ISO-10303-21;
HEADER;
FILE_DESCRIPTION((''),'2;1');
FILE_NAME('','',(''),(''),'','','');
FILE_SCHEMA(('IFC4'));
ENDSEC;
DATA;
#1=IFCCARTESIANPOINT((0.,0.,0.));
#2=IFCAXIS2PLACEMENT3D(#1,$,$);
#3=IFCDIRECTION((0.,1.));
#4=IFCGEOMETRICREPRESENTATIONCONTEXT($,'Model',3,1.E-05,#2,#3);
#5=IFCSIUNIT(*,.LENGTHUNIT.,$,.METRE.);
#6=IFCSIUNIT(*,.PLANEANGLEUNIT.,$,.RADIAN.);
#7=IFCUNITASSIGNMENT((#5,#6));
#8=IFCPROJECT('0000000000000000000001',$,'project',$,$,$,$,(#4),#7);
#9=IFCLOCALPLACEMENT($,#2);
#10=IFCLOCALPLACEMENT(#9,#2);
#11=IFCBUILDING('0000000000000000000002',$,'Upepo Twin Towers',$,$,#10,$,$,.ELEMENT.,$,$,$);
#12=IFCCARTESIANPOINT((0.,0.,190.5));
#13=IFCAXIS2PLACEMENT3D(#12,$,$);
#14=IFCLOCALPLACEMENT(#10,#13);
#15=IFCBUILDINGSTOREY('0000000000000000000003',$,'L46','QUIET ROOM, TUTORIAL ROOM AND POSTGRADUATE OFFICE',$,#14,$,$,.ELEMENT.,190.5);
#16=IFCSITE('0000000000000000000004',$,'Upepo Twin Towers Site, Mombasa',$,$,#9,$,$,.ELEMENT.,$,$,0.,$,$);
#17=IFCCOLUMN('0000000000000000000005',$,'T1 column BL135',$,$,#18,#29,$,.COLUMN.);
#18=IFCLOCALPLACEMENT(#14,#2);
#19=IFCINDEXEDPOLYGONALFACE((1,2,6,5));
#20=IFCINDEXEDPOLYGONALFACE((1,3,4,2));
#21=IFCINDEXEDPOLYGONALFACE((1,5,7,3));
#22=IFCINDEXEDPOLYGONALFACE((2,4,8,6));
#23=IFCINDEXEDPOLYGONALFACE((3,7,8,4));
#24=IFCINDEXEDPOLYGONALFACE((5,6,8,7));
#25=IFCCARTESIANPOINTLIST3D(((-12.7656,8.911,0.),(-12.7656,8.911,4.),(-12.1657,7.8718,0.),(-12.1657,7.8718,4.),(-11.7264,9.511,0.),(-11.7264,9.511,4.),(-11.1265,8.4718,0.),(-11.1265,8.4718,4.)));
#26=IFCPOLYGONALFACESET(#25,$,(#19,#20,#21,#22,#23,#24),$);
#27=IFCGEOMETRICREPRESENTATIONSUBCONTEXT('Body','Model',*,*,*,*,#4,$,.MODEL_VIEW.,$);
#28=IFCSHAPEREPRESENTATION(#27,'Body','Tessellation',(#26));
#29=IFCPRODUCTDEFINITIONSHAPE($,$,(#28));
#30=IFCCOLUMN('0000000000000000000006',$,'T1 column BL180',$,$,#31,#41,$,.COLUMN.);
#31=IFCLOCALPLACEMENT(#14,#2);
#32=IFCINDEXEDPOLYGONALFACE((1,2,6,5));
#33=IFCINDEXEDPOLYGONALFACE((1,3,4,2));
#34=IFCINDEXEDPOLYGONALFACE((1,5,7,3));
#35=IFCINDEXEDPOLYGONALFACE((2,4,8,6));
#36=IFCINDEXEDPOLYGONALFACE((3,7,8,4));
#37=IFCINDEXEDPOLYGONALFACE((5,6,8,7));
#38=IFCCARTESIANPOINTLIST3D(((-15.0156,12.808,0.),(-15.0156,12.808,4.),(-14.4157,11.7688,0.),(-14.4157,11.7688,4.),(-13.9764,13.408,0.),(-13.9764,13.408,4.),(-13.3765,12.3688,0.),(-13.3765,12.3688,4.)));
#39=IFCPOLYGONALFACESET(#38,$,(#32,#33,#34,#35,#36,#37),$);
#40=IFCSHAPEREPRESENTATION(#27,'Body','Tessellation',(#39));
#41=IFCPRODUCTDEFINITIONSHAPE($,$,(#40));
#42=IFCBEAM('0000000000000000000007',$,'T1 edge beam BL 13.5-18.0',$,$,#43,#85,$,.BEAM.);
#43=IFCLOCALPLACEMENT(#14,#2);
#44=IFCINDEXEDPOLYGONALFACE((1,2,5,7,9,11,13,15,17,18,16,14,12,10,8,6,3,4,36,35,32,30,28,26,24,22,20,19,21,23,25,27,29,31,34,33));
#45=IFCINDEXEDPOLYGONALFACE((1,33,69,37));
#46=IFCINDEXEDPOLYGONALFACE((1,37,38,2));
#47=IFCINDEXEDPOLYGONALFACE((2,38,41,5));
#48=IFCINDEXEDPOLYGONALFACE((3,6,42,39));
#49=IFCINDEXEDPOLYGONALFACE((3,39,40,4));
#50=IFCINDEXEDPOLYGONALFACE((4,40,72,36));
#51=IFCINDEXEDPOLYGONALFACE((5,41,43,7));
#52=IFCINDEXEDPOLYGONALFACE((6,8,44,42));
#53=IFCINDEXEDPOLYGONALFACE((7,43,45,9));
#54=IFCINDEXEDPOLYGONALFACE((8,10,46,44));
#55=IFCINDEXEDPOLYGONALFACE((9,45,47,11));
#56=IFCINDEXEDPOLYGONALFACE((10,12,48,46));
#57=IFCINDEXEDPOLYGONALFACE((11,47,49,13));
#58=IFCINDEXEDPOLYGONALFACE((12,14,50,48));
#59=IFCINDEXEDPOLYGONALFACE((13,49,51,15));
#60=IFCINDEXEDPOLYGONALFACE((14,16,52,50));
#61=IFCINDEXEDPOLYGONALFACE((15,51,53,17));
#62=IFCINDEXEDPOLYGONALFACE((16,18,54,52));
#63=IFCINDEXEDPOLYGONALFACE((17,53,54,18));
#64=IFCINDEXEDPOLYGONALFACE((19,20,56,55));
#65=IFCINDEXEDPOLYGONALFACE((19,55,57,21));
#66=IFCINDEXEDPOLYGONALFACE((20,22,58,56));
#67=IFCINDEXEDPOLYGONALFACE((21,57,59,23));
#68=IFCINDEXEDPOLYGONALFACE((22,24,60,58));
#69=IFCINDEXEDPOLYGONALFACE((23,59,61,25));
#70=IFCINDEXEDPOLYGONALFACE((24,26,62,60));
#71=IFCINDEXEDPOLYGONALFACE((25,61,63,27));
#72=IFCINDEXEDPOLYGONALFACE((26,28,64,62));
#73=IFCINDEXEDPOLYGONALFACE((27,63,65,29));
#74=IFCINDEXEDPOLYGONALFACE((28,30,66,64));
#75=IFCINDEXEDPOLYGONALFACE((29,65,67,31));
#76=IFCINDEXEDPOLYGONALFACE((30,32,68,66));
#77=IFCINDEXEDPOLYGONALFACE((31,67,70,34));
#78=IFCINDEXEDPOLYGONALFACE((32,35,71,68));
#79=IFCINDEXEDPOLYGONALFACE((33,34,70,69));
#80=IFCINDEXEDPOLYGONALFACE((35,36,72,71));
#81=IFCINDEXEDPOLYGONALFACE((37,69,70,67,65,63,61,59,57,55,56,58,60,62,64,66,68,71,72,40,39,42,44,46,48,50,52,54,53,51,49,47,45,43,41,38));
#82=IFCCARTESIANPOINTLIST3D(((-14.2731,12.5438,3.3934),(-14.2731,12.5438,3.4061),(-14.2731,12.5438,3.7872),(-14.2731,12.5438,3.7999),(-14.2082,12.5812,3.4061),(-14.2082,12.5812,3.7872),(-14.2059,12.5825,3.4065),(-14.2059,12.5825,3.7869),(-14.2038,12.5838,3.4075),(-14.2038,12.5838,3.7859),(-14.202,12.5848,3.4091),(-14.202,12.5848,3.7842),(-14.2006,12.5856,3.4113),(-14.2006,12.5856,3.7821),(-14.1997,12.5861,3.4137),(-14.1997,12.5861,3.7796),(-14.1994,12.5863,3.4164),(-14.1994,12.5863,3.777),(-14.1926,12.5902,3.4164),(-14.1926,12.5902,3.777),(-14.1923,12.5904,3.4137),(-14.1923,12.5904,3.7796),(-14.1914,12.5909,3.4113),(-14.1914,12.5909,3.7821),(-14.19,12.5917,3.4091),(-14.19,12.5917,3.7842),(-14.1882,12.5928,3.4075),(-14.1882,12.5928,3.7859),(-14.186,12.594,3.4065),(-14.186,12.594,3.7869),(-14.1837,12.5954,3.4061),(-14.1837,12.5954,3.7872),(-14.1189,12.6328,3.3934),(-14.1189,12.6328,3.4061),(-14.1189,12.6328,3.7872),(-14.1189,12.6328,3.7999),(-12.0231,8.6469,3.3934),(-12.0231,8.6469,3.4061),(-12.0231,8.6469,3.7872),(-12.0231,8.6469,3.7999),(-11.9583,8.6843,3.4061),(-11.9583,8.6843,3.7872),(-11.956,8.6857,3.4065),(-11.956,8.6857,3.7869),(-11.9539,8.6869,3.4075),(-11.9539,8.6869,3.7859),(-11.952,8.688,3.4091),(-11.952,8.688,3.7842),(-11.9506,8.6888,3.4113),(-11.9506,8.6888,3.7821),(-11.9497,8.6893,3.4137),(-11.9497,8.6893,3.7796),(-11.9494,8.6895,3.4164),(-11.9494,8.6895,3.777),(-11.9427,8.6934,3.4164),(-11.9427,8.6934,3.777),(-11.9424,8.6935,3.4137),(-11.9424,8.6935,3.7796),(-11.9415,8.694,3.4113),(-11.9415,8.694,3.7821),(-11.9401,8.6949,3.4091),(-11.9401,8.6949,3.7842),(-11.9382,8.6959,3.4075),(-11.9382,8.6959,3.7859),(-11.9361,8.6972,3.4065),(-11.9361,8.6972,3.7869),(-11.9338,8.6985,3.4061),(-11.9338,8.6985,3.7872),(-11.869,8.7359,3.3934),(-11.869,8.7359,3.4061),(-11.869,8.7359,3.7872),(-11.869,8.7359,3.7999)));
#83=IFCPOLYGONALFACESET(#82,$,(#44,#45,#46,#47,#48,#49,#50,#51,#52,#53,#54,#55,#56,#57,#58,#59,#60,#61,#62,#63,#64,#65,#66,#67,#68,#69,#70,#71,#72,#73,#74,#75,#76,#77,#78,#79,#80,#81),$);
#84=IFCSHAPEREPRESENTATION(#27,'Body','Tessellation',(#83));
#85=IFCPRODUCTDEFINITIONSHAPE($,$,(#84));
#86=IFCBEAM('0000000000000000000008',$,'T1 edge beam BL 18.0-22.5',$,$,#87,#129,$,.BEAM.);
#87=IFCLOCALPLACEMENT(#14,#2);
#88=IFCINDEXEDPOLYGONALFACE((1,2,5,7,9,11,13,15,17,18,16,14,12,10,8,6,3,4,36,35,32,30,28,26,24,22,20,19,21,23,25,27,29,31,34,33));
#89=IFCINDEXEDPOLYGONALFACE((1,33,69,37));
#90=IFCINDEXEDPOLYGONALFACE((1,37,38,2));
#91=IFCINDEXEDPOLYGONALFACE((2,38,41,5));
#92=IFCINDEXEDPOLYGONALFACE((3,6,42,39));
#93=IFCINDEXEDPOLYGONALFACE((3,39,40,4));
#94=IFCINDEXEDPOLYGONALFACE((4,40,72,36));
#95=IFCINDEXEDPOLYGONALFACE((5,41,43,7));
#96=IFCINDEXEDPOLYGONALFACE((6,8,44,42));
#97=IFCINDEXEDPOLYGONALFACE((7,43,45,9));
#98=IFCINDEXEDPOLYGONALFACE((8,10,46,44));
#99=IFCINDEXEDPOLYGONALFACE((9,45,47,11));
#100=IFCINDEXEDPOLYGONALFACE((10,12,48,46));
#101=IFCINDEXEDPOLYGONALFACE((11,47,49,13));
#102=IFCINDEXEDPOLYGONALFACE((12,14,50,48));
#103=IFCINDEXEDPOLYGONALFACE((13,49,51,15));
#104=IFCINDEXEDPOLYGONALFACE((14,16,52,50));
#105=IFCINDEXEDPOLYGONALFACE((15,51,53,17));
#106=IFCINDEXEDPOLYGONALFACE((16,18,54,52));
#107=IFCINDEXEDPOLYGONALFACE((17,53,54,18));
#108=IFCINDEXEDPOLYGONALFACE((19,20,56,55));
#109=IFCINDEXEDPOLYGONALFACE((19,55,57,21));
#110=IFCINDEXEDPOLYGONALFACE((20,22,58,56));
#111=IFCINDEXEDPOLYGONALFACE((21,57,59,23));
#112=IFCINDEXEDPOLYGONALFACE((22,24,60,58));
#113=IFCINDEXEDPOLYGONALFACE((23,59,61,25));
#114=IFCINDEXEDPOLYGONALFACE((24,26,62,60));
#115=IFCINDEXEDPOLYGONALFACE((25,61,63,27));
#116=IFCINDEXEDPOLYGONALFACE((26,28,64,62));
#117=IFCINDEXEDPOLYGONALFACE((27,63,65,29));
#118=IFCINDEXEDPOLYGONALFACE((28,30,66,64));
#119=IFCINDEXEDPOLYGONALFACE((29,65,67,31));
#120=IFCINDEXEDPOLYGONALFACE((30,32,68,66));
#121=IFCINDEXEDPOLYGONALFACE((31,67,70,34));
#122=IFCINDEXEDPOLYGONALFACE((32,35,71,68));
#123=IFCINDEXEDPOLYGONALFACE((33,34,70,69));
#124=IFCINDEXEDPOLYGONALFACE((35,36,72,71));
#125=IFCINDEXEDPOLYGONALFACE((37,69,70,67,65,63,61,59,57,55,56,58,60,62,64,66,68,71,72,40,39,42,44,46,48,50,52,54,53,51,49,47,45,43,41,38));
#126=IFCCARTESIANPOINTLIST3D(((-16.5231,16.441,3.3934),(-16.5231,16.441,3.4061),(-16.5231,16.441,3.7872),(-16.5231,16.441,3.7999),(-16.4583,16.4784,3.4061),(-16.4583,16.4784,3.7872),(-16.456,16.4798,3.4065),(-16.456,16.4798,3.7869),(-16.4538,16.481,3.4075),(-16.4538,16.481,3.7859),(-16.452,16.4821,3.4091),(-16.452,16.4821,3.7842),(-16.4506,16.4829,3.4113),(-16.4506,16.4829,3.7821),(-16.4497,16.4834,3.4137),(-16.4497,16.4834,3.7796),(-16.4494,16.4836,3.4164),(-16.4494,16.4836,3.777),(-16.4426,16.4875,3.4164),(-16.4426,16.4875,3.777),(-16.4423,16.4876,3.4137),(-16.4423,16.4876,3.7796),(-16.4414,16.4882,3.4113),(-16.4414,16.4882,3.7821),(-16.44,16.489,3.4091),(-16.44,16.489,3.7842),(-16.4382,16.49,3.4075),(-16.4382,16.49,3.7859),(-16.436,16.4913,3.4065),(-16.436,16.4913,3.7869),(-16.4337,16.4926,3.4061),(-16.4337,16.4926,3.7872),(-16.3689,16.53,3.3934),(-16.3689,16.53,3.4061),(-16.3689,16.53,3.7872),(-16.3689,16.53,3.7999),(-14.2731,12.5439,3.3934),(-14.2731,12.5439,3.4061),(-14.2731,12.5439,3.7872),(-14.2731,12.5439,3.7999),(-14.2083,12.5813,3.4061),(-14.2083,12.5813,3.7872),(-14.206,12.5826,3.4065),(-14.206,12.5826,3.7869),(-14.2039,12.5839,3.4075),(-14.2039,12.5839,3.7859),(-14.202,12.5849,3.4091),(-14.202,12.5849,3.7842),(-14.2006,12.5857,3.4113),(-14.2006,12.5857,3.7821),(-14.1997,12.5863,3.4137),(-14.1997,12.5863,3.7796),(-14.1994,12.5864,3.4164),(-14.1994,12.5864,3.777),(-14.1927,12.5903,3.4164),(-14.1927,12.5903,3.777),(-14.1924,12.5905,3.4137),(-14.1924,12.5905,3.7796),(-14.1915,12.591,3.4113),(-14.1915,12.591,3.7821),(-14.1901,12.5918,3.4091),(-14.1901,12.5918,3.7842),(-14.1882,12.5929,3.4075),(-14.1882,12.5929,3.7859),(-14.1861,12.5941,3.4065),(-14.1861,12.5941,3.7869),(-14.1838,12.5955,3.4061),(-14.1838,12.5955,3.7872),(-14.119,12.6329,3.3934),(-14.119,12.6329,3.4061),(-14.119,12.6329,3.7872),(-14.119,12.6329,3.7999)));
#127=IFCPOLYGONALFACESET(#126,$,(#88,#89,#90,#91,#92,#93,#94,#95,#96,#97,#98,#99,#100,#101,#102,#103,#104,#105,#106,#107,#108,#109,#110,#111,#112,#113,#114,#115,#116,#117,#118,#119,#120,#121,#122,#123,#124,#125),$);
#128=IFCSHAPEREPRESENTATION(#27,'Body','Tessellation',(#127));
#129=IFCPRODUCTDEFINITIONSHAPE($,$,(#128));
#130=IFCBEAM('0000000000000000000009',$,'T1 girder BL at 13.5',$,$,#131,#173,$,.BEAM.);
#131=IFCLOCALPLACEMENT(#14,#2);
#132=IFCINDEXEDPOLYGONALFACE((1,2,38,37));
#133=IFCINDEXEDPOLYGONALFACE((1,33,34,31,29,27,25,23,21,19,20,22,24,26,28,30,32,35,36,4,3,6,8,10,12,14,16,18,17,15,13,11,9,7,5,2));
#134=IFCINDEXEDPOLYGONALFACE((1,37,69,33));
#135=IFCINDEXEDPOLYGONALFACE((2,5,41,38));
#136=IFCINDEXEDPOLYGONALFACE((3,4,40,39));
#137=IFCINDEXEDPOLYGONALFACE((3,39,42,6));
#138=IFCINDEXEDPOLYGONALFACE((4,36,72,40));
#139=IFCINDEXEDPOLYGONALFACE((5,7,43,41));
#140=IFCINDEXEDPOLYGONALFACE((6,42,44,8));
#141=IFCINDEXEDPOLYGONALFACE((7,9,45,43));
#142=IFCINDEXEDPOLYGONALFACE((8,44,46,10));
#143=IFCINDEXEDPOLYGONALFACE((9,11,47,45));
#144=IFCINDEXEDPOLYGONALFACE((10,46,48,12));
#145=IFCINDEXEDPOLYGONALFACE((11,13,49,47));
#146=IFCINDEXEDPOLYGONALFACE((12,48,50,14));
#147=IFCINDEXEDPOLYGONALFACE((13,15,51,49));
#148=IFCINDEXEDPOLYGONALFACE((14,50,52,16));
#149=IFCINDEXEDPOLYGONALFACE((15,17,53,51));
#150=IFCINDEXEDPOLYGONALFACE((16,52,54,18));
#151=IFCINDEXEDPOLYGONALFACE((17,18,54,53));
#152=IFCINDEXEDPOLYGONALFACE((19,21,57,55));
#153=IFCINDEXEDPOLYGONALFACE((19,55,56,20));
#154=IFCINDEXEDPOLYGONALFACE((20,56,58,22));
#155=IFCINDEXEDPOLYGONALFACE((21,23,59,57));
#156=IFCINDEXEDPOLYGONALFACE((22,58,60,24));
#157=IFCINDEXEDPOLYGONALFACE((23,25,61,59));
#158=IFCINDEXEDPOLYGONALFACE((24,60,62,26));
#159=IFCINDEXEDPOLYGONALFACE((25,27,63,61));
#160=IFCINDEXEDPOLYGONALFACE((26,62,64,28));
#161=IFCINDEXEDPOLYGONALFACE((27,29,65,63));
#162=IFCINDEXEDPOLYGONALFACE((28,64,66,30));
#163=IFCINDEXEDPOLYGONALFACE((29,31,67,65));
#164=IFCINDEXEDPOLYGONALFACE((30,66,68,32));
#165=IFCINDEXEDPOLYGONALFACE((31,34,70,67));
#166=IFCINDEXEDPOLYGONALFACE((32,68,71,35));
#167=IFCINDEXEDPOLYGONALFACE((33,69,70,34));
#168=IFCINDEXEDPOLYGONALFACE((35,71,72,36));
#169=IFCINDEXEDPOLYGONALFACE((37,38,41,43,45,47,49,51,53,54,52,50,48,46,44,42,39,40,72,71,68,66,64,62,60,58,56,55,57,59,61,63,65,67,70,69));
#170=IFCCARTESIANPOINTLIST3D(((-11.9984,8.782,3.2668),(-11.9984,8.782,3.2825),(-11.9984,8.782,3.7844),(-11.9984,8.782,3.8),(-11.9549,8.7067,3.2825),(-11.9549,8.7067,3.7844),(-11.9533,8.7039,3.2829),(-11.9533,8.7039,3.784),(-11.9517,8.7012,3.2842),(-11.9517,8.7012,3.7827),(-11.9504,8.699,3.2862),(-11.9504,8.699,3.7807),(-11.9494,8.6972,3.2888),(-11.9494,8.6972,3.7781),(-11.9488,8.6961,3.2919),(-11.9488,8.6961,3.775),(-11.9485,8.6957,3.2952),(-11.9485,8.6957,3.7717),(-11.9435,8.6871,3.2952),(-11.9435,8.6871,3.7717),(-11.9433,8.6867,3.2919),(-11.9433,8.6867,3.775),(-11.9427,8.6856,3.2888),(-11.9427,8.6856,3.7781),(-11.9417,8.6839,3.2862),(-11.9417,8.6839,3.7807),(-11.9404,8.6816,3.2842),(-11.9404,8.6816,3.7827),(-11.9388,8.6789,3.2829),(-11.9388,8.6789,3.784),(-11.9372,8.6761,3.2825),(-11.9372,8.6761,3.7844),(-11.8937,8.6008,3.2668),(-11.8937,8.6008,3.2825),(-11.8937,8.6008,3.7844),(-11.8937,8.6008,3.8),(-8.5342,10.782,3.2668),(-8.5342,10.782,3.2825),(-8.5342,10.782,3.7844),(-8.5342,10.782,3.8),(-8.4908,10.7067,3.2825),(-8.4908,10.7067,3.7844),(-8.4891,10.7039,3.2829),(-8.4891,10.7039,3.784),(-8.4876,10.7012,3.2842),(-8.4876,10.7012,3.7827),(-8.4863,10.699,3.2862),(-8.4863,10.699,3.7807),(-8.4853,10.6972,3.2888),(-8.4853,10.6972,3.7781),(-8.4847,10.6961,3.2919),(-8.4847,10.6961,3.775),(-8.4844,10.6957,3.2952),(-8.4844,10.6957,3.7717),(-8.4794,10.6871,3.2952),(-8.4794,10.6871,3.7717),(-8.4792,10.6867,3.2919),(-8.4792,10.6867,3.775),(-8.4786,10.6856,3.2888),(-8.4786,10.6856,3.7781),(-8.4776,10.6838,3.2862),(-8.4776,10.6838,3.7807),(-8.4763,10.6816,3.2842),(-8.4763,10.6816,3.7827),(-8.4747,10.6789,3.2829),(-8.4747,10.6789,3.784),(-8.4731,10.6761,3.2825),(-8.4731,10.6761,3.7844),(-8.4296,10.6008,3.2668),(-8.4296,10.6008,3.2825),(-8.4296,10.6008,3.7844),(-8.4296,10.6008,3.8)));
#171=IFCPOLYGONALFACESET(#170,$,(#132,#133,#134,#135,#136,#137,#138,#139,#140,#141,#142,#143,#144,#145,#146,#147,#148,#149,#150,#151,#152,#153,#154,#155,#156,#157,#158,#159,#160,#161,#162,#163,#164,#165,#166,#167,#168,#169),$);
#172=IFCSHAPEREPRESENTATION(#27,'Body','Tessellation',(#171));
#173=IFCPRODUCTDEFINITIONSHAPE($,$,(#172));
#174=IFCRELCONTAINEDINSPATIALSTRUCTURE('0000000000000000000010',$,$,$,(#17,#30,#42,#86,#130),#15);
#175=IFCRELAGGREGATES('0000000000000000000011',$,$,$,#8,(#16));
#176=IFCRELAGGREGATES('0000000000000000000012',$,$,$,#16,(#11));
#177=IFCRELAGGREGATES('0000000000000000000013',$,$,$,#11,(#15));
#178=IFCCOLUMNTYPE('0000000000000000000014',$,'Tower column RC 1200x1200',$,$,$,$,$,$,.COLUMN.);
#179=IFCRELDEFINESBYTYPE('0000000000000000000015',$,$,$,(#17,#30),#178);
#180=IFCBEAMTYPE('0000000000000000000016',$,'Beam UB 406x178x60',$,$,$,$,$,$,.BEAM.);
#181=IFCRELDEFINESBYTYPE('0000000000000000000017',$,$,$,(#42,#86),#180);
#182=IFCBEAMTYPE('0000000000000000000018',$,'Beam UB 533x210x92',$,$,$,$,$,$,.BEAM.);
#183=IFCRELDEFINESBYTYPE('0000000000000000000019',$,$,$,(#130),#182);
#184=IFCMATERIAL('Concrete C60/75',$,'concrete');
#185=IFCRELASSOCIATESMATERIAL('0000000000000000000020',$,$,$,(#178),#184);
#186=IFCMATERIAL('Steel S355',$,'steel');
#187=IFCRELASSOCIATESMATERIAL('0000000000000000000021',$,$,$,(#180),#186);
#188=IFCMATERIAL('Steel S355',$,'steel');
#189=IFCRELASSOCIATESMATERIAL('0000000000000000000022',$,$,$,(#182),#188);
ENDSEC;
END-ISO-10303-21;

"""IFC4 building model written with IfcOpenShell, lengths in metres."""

from ifc_helpers import new_model, si_unit, direction, frame, origin, origin_2d, place, context, subcontext, project, spatial, rectangle, i_section, extrude, material, material_profile, profile_set, type_object, element, save


model = new_model("IFC4")

# Units and contexts
model_context = context("Model", 3, precision=1e-05, world=origin(), true_north=direction((0.0, 1.0)))
body_context = subcontext(model_context, "Body", "Model", "MODEL_VIEW")
ifc_project = project(units=[si_unit("LENGTHUNIT", "METRE"), si_unit("PLANEANGLEUNIT", "RADIAN")], contexts=[model_context])

# Site, building, storey
site_placement = place(None, origin())
site = spatial("IfcSite", under=ifc_project, at=site_placement, Name="Upepo Twin Towers Site, Mombasa", CompositionType="ELEMENT", RefElevation=0.0)
building_placement = place(site_placement, origin())
building = spatial("IfcBuilding", under=site, at=building_placement, Name="Upepo Twin Towers", CompositionType="ELEMENT")
storey_placement = place(building_placement, frame((0.0, 0.0, 190.5)))
storey = spatial("IfcBuildingStorey", under=building, at=storey_placement, Name="L46", Description="QUIET ROOM, TUTORIAL ROOM AND POSTGRADUATE OFFICE", CompositionType="ELEMENT", Elevation=190.5)

# Columns
ifc_material_1 = material(Name="Concrete C60/75", Category="concrete")
ifc_material_profile_1 = material_profile(ifc_material_1, rectangle(XDim=1.2, YDim=1.2, at=origin_2d()), Name="RC 1200x1200")
ifc_profile_set_1 = profile_set([ifc_material_profile_1], Name="Concrete C60/75")
column_type = type_object("IfcColumnType", Name="Tower column RC 1200x1200", PredefinedType="COLUMN", material=ifc_profile_set_1)
for number, where, z_axis, x_axis, name in (
    (1, (-11.946, 8.6914, 0.0), (0.0, 0.0, 1.0), (0.866025, 0.5, 0.0), "T1 column BL135"),
    (2, (-14.196, 12.5884, 0.0), (0.0, 0.0, 1.0), (0.866025, 0.5, 0.0), "T1 column BL180"),
):
    element("IfcColumn", number, at=place(storey_placement, frame(where, z_axis=z_axis, x_axis=x_axis)), inside=storey, type_object=column_type, Name=name, PredefinedType="COLUMN", context=body_context, shape_type="SweptSolid", body=[
        extrude(rectangle(XDim=1.2, YDim=1.2, at=origin_2d()), origin(), (0.0, 0.0, 1.0), 4.0),
    ])

# Beams
ifc_material_2 = material(Name="Steel S355", Category="steel")
ifc_material_profile_2 = material_profile(ifc_material_2, i_section(OverallWidth=0.178, OverallDepth=0.4065, WebThickness=0.0078, FlangeThickness=0.0127, FilletRadius=0.0103, at=origin_2d()), Name="UB 406x178x60")
ifc_profile_set_2 = profile_set([ifc_material_profile_2], Name="Steel S355")
beam_type_1 = type_object("IfcBeamType", Name="Beam UB 406x178x60", PredefinedType="BEAM", material=ifc_profile_set_2)
beam_1_placement = place(storey_placement, frame((-11.946, 8.6914, 3.5967), z_axis=(-0.500014, 0.866018, 0.0), x_axis=(-0.866018, -0.500014, 0.0)))
element("IfcBeam", 3, at=beam_1_placement, inside=storey, type_object=beam_type_1, Name="T1 edge beam BL 13.5-18.0", PredefinedType="BEAM", context=body_context, shape_type="SweptSolid", body=[
    extrude(i_section(OverallWidth=0.178, OverallDepth=0.4065, WebThickness=0.0078, FlangeThickness=0.0127, FilletRadius=0.0103, at=origin_2d()), origin(), (0.0, 0.0, 1.0), 4.4998),
])
beam_2_placement = place(storey_placement, frame((-14.196, 12.5884, 3.5967), z_axis=(-0.49999, 0.866031, 0.0), x_axis=(-0.866031, -0.49999, 0.0)))
element("IfcBeam", 4, at=beam_2_placement, inside=storey, type_object=beam_type_1, Name="T1 edge beam BL 18.0-22.5", PredefinedType="BEAM", context=body_context, shape_type="SweptSolid", body=[
    extrude(i_section(OverallWidth=0.178, OverallDepth=0.4065, WebThickness=0.0078, FlangeThickness=0.0127, FilletRadius=0.0103, at=origin_2d()), origin(), (0.0, 0.0, 1.0), 4.5),
])
ifc_material_3 = material(Name="Steel S355", Category="steel")
ifc_material_profile_3 = material_profile(ifc_material_3, i_section(OverallWidth=0.2092, OverallDepth=0.5332, WebThickness=0.01, FlangeThickness=0.0156, FilletRadius=0.0127, at=origin_2d()), Name="UB 533x210x92")
ifc_profile_set_3 = profile_set([ifc_material_profile_3], Name="Steel S355")
beam_type_2 = type_object("IfcBeamType", Name="Beam UB 533x210x92", PredefinedType="BEAM", material=ifc_profile_set_3)
for number, where, z_axis, x_axis, name in (
    (5, (-11.946, 8.6914, 3.5334), (0.866026, 0.499999, 0.0), (-0.499999, 0.866026, 0.0), "T1 girder BL at 13.5"),
):
    element("IfcBeam", number, at=place(storey_placement, frame(where, z_axis=z_axis, x_axis=x_axis)), inside=storey, type_object=beam_type_2, Name=name, PredefinedType="BEAM", context=body_context, shape_type="SweptSolid", body=[
        extrude(i_section(OverallWidth=0.2092, OverallDepth=0.5332, WebThickness=0.01, FlangeThickness=0.0156, FilletRadius=0.0127, at=origin_2d()), origin(), (0.0, 0.0, 1.0), 4.0),
    ])

save(model, "model.ifc")
